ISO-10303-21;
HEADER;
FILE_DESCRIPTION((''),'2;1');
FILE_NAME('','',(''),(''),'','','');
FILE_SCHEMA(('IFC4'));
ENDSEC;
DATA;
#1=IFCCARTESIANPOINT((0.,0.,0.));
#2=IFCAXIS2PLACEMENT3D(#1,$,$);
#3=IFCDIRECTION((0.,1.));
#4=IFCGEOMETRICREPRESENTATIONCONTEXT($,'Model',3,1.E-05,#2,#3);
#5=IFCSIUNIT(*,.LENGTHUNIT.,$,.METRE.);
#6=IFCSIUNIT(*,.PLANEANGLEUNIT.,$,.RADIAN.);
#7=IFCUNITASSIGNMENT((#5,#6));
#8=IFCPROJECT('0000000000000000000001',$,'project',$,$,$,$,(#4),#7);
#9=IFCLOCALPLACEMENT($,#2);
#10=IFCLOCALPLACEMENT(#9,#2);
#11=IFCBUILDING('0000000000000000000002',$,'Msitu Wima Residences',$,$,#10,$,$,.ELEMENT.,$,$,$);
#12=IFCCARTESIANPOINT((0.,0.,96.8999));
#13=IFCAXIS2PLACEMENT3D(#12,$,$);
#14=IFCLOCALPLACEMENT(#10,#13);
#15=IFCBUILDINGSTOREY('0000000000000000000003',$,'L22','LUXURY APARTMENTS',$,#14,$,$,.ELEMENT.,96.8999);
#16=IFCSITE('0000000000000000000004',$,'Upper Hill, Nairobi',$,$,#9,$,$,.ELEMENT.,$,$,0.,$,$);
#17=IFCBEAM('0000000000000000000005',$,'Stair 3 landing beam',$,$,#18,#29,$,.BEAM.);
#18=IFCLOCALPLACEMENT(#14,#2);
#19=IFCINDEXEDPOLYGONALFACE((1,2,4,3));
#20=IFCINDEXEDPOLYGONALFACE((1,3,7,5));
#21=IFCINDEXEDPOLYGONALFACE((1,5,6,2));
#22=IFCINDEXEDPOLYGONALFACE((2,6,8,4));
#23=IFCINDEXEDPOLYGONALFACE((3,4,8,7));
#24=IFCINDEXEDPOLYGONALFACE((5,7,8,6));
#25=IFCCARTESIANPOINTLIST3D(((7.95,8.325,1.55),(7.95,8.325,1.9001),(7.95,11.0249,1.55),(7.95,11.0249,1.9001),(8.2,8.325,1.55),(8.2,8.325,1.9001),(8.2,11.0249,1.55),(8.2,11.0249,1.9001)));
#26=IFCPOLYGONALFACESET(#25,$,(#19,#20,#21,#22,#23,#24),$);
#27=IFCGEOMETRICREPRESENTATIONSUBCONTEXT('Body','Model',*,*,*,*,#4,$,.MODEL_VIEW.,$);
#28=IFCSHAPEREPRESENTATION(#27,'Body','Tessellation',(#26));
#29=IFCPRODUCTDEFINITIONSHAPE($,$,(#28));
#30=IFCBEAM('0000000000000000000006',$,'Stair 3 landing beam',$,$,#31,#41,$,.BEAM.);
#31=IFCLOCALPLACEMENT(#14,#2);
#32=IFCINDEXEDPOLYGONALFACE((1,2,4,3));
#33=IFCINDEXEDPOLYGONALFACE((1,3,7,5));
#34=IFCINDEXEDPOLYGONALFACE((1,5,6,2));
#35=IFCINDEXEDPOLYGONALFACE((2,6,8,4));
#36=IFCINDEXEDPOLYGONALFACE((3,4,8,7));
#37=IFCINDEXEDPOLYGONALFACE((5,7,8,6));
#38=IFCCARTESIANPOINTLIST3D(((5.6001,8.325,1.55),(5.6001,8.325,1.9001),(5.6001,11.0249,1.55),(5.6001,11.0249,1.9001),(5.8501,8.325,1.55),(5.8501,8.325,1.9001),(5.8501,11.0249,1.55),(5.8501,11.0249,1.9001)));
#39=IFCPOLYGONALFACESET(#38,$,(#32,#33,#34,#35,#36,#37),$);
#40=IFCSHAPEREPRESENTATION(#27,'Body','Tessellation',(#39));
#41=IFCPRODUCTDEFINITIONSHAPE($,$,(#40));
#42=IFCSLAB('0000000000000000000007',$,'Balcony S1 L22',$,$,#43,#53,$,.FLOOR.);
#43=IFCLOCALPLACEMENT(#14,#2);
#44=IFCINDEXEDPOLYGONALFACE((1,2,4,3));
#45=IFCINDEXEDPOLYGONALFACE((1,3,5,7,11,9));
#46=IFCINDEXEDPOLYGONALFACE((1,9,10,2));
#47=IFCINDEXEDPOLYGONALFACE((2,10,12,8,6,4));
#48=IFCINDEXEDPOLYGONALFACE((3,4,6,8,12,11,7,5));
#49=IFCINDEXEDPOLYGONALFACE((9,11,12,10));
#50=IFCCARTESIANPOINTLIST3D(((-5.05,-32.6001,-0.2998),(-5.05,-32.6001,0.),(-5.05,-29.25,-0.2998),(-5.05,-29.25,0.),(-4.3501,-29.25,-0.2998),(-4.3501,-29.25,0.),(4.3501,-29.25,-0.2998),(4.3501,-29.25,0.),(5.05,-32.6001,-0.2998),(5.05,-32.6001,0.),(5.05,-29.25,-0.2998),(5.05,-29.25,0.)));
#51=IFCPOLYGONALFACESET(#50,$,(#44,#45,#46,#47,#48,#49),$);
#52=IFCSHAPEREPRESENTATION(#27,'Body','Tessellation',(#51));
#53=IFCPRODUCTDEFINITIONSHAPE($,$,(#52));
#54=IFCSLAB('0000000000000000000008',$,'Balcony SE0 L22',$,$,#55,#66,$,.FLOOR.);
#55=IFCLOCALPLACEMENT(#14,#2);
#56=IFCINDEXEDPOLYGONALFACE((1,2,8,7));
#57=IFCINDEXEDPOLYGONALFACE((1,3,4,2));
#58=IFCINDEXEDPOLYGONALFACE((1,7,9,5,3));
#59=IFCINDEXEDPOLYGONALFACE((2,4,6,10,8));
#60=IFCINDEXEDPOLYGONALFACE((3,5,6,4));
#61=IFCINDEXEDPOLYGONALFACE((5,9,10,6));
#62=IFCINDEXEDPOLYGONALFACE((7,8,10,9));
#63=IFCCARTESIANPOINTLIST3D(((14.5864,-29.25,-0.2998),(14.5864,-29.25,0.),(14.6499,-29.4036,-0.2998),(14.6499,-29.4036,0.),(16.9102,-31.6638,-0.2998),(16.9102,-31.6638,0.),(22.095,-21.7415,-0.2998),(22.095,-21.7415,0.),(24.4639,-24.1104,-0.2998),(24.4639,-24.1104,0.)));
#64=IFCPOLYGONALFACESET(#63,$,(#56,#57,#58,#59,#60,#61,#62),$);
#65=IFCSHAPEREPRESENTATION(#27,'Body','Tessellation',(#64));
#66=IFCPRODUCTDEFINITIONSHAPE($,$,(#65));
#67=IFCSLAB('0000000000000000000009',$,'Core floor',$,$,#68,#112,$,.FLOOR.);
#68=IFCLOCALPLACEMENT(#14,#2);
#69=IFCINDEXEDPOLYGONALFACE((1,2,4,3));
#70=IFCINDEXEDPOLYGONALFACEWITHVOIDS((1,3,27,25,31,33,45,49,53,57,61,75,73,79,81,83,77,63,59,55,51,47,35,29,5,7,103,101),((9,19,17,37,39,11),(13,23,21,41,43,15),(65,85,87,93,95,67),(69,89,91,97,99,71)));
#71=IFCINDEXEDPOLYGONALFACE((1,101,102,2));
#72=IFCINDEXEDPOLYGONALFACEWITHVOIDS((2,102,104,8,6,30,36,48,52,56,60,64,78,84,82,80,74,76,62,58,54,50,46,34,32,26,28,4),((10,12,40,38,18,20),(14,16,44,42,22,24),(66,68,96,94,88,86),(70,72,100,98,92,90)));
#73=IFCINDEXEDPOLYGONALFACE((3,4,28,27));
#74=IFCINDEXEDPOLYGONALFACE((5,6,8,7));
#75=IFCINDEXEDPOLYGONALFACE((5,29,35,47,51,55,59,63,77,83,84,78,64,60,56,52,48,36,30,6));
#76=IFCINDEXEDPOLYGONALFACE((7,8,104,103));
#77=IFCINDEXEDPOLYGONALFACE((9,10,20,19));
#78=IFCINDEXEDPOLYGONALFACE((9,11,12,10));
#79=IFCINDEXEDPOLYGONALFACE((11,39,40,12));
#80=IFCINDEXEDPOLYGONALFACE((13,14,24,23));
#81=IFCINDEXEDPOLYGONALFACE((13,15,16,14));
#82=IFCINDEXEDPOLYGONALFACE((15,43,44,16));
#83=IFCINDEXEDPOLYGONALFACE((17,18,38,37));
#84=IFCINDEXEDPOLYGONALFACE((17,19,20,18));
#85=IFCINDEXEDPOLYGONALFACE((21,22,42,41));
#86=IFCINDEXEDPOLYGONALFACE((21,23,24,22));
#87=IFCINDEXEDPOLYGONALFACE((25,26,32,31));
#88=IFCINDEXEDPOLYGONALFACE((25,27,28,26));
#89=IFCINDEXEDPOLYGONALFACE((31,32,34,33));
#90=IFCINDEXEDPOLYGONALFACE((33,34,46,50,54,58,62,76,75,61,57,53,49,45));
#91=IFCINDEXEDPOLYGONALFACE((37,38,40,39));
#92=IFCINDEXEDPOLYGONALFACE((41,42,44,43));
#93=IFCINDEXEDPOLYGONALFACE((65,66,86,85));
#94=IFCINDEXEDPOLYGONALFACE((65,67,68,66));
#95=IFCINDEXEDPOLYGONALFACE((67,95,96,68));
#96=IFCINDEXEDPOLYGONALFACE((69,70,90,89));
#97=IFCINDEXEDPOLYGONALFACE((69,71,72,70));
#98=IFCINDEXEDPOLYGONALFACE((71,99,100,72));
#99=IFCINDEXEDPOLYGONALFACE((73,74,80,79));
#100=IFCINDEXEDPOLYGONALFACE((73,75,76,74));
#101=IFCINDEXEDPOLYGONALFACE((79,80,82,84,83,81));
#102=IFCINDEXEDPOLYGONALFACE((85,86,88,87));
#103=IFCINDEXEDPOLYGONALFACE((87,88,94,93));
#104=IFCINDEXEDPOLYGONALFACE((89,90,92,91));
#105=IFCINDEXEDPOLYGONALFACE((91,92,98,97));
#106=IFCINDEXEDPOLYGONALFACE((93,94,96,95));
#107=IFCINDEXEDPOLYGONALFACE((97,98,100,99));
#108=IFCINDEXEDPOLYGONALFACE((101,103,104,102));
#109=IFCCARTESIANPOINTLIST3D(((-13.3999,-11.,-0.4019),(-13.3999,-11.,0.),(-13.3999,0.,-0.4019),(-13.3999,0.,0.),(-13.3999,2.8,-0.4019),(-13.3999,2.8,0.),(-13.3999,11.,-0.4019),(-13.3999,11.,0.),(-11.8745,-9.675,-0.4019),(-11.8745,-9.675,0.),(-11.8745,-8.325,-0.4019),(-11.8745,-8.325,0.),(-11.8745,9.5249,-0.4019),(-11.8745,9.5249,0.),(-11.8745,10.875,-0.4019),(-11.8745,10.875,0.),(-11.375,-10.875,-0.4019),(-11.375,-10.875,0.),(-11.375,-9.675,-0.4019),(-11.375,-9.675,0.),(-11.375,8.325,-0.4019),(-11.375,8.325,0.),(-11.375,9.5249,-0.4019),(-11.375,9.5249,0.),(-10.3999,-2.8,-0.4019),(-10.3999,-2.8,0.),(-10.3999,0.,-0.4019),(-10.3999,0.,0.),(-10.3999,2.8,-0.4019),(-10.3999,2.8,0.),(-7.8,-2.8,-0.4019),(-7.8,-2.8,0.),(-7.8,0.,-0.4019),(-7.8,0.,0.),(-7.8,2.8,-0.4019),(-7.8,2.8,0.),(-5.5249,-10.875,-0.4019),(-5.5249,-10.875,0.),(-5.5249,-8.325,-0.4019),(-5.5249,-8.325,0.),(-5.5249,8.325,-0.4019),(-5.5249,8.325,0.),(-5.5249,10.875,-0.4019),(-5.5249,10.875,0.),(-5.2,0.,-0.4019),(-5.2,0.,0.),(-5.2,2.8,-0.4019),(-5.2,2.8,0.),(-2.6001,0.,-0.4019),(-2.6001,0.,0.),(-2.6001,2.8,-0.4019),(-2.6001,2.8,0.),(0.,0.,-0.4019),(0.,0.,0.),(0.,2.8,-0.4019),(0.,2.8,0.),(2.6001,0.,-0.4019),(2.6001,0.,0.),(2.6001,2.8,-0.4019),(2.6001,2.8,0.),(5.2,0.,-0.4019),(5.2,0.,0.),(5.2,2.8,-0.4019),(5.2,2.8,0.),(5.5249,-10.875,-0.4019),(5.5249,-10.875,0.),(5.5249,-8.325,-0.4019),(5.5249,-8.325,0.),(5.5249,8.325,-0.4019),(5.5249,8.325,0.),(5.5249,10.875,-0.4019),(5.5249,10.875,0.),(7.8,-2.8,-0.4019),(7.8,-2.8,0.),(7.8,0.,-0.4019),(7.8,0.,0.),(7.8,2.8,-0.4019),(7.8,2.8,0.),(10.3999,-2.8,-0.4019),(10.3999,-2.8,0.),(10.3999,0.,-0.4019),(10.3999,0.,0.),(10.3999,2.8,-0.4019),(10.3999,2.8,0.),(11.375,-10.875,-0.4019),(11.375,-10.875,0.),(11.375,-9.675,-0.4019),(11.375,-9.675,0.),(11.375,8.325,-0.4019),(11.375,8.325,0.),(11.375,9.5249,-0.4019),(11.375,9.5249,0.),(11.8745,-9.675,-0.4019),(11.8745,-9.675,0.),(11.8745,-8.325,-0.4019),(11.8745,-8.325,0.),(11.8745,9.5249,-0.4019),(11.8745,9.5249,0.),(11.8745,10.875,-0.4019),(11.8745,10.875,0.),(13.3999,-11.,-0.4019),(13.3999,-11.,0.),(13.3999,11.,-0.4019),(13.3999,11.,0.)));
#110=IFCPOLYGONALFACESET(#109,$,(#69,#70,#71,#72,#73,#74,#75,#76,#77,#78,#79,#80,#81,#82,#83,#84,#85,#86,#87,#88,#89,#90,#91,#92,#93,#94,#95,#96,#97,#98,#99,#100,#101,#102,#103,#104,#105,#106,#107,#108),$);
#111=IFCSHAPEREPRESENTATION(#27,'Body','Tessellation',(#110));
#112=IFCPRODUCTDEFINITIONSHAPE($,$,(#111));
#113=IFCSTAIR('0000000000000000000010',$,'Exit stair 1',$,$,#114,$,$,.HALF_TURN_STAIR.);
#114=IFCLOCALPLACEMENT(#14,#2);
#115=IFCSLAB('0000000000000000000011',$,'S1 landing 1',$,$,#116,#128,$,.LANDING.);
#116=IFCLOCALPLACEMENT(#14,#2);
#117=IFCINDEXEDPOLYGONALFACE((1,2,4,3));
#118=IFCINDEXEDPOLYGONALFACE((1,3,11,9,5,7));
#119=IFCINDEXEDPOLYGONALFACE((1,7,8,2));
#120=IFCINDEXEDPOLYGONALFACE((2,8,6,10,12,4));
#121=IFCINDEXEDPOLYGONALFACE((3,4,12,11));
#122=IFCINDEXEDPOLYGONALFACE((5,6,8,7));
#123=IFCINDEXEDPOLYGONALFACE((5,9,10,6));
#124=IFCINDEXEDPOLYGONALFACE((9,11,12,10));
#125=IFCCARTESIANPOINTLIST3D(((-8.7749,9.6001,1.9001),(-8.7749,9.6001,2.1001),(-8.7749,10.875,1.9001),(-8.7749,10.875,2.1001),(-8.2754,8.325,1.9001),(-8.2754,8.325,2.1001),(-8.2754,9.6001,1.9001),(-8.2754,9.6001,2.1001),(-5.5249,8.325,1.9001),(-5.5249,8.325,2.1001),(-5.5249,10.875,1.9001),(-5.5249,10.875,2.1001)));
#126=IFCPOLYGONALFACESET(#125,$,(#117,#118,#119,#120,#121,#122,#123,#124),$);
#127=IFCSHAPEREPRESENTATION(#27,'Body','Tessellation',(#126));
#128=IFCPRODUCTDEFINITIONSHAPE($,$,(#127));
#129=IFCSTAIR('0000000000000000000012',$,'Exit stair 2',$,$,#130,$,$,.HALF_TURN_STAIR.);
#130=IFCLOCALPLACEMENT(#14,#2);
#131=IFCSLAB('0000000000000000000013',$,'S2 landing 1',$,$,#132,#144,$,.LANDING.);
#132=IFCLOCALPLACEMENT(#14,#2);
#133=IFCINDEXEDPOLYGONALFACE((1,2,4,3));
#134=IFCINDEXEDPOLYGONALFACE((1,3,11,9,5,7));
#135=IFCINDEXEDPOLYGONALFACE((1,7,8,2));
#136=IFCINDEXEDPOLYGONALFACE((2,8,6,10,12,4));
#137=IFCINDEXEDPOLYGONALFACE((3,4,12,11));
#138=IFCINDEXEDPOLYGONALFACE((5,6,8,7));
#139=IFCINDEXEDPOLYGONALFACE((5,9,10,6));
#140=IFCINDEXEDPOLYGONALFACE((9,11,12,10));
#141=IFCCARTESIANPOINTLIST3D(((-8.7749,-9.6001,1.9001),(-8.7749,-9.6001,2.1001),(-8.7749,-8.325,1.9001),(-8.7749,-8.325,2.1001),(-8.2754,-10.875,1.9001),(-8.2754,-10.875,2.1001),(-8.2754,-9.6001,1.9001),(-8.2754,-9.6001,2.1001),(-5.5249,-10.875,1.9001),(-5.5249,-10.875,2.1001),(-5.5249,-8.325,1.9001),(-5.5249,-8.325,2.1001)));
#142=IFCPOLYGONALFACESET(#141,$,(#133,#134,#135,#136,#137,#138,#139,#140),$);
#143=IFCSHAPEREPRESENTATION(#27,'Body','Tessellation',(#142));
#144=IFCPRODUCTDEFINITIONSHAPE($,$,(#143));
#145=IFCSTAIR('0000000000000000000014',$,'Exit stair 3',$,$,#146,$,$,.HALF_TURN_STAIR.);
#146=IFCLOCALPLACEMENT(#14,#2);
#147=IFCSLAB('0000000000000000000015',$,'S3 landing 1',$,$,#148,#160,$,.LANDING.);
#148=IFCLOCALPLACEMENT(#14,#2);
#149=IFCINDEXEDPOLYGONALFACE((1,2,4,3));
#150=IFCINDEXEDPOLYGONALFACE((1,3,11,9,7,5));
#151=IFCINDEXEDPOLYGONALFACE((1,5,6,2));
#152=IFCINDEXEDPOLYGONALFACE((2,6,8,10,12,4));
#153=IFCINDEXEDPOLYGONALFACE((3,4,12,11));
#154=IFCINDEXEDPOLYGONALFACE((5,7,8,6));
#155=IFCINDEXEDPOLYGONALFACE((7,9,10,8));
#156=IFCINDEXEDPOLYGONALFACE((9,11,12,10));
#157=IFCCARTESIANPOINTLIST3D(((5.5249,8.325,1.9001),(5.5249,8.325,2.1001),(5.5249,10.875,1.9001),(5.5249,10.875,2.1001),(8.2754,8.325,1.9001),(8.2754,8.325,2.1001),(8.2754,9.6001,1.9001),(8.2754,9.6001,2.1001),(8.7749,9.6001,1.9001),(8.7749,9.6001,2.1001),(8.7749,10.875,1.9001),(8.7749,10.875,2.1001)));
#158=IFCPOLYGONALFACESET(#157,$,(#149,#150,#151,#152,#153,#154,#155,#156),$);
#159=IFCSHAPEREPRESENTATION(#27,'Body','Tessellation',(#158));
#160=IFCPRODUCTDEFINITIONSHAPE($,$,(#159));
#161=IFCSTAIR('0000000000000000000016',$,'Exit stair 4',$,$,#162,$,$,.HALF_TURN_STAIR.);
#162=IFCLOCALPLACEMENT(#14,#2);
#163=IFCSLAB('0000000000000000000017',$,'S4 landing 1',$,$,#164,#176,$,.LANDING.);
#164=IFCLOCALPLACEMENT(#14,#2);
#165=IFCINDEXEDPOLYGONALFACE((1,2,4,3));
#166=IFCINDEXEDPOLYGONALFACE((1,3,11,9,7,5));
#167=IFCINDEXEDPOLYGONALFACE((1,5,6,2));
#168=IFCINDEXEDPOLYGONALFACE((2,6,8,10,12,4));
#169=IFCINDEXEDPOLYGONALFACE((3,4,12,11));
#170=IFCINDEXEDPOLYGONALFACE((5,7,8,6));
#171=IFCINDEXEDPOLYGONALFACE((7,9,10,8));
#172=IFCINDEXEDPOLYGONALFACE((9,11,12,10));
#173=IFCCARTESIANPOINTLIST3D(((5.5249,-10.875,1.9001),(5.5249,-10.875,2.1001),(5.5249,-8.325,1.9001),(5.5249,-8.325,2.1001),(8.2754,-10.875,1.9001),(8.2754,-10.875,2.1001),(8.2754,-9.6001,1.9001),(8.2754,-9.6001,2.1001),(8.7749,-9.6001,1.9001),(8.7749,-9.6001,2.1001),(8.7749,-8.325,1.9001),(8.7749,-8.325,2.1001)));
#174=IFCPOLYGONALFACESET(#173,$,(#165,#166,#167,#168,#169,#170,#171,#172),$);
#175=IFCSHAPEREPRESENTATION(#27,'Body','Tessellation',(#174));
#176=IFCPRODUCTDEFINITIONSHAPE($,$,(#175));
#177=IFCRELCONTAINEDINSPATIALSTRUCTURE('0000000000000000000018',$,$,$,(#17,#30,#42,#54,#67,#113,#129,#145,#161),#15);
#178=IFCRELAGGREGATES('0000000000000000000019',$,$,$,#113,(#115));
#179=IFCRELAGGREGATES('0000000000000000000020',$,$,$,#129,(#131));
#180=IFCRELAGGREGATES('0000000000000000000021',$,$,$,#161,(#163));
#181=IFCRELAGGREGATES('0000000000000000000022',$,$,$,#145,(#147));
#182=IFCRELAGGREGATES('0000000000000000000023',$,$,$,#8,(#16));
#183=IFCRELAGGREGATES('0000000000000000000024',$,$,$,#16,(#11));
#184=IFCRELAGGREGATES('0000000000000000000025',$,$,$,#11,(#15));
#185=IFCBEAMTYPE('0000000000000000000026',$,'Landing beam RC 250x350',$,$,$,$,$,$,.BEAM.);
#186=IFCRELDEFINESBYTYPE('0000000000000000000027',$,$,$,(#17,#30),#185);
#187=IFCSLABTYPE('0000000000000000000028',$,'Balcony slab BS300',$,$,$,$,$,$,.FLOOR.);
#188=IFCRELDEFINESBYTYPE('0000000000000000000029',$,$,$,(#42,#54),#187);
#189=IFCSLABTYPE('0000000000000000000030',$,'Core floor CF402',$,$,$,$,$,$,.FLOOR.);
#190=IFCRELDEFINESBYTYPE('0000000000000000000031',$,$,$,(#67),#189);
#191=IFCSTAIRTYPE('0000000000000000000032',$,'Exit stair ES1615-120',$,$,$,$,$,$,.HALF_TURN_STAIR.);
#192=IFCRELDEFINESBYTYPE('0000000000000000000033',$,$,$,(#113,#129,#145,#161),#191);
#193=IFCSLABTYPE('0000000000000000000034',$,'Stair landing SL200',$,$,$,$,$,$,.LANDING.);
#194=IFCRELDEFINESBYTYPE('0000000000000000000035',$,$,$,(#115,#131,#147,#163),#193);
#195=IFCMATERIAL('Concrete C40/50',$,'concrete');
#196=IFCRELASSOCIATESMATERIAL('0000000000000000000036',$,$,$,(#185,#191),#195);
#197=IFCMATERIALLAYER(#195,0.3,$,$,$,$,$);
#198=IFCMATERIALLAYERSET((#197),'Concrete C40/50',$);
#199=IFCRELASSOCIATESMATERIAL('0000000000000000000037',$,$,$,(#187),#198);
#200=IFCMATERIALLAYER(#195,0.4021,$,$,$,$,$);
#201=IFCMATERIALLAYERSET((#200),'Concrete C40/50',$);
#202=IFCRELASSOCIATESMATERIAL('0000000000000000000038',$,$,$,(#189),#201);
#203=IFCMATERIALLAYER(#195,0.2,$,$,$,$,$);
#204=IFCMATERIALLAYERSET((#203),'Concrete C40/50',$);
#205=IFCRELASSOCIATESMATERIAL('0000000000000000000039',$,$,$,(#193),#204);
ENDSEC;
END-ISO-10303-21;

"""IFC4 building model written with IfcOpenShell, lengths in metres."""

from ifc_helpers import new_model, si_unit, direction, frame, origin, origin_2d, place, context, subcontext, project, spatial, polyline, rectangle, outline, extrude, material, layer, layer_set, material_profile, profile_set, type_object, element, aggregate, save


model = new_model("IFC4")

# Units and contexts
model_context = context("Model", 3, precision=1e-05, world=origin(), true_north=direction((0.0, 1.0)))
body_context = subcontext(model_context, "Body", "Model", "MODEL_VIEW")
ifc_project = project(units=[si_unit("LENGTHUNIT", "METRE"), si_unit("PLANEANGLEUNIT", "RADIAN")], contexts=[model_context])

# Site, building, storey
site_placement = place(None, origin())
site = spatial("IfcSite", under=ifc_project, at=site_placement, Name="Upper Hill, Nairobi", CompositionType="ELEMENT", RefElevation=0.0)
building_placement = place(site_placement, origin())
building = spatial("IfcBuilding", under=site, at=building_placement, Name="Msitu Wima Residences", CompositionType="ELEMENT")
storey_placement = place(building_placement, frame((0.0, 0.0, 96.8999)))
storey = spatial("IfcBuildingStorey", under=building, at=storey_placement, Name="L22", Description="LUXURY APARTMENTS", CompositionType="ELEMENT", Elevation=96.8999)

# Beams
ifc_material_1 = material(Name="Concrete C40/50", Category="concrete")
ifc_material_profile = material_profile(ifc_material_1, rectangle(XDim=0.25, YDim=0.3501, at=origin_2d()), Name="RC 250x350")
ifc_profile_set = profile_set([ifc_material_profile], Name="Concrete C40/50")
beam_type = type_object("IfcBeamType", Name="Landing beam RC 250x350", PredefinedType="BEAM", material=ifc_profile_set)
for number, where, z_axis, x_axis, name in (
    (1, (8.075, 8.325, 1.7251), (0.0, 1.0, 0.0), (-1.0, 0.0, 0.0), "Stair 3 landing beam"),
    (2, (5.7251, 8.325, 1.7251), (0.0, 1.0, 0.0), (-1.0, 0.0, 0.0), "Stair 3 landing beam"),
):
    element("IfcBeam", number, at=place(storey_placement, frame(where, z_axis=z_axis, x_axis=x_axis)), inside=storey, type_object=beam_type, Name=name, PredefinedType="BEAM", context=body_context, shape_type="SweptSolid", body=[
        extrude(rectangle(XDim=0.25, YDim=0.3501, at=origin_2d()), origin(), (0.0, 0.0, 1.0), 2.7),
    ])

# Slabs
ifc_layer_1 = layer(ifc_material_1, 0.3)
ifc_layer_set_1 = layer_set([ifc_layer_1], Name="Concrete C40/50")
slab_type_1 = type_object("IfcSlabType", Name="Balcony slab BS300", PredefinedType="FLOOR", material=ifc_layer_set_1)
slab_1_placement = place(storey_placement, frame((0.0, 0.0, -0.2998)))
element("IfcSlab", 3, at=slab_1_placement, inside=storey, type_object=slab_type_1, Name="Balcony S1 L22", PredefinedType="FLOOR", context=body_context, shape_type="SweptSolid", body=[
    extrude(outline(polyline([(-4.3501, -29.25), (4.3501, -29.25), (5.05, -29.25), (5.05, -32.6001), (-5.05, -32.6001), (-5.05, -29.25), (-4.3501, -29.25)])), origin(), (0.0, 0.0, 1.0), 0.2998),
])
slab_2_placement = place(storey_placement, frame((0.0, 0.0, -0.2998)))
element("IfcSlab", 4, at=slab_2_placement, inside=storey, type_object=slab_type_1, Name="Balcony SE0 L22", PredefinedType="FLOOR", context=body_context, shape_type="SweptSolid", body=[
    extrude(outline(polyline([(24.4639, -24.1104), (16.9102, -31.6638), (14.6499, -29.4036), (14.5864, -29.25), (22.095, -21.7415), (24.4639, -24.1104)])), origin(), (0.0, 0.0, 1.0), 0.2998),
])
ifc_layer_2 = layer(ifc_material_1, 0.4021)
ifc_layer_set_2 = layer_set([ifc_layer_2], Name="Concrete C40/50")
slab_type_2 = type_object("IfcSlabType", Name="Core floor CF402", PredefinedType="FLOOR", material=ifc_layer_set_2)
slab_3_placement = place(storey_placement, frame((0.0, 0.0, -0.4019)))
element("IfcSlab", 5, at=slab_3_placement, inside=storey, type_object=slab_type_2, Name="Core floor", PredefinedType="FLOOR", context=body_context, shape_type="SweptSolid", body=[
    extrude(outline(polyline([(-13.3999, 11.0), (-13.3999, 2.8), (-10.3999, 2.8), (-7.8, 2.8), (-5.2, 2.8), (-2.6001, 2.8), (0.0, 2.8), (2.6001, 2.8), (5.2, 2.8), (7.8, 2.8), (10.3999, 2.8), (10.3999, 0.0), (10.3999, -2.8), (7.8, -2.8), (7.8, 0.0), (5.2, 0.0), (2.6001, 0.0), (0.0, 0.0), (-2.6001, 0.0), (-5.2, 0.0), (-7.8, 0.0), (-7.8, -2.8), (-10.3999, -2.8), (-10.3999, 0.0), (-13.3999, 0.0), (-13.3999, -11.0), (13.3999, -11.0), (13.3999, 11.0), (-13.3999, 11.0)]), holes=[polyline([(-11.375, -10.875), (-11.375, -9.675), (-11.8745, -9.675), (-11.8745, -8.325), (-5.5249, -8.325), (-5.5249, -10.875), (-11.375, -10.875)]), polyline([(-11.375, 9.5249), (-11.8745, 9.5249), (-11.8745, 10.875), (-5.5249, 10.875), (-5.5249, 8.325), (-11.375, 8.325), (-11.375, 9.5249)]), polyline([(11.375, -9.675), (11.375, -10.875), (5.5249, -10.875), (5.5249, -8.325), (11.8745, -8.325), (11.8745, -9.675), (11.375, -9.675)]), polyline([(11.375, 9.5249), (11.375, 8.325), (5.5249, 8.325), (5.5249, 10.875), (11.8745, 10.875), (11.8745, 9.5249), (11.375, 9.5249)])]), origin(), (0.0, 0.0, 1.0), 0.4019),
])

# Stairs, slabs
stair_type = type_object("IfcStairType", Name="Exit stair ES1615-120", PredefinedType="HALF_TURN_STAIR", material=ifc_material_1)
stair_1_placement = place(storey_placement, origin())
stair_1 = element("IfcStair", 6, at=stair_1_placement, inside=storey, type_object=stair_type, Name="Exit stair 1", PredefinedType="HALF_TURN_STAIR")
ifc_layer_3 = layer(ifc_material_1, 0.2)
ifc_layer_set_3 = layer_set([ifc_layer_3], Name="Concrete C40/50")
slab_type_3 = type_object("IfcSlabType", Name="Stair landing SL200", PredefinedType="LANDING", material=ifc_layer_set_3)
slab_4_placement = place(storey_placement, frame((0.0, 0.0, 1.9001)))
slab_4 = element("IfcSlab", 7, at=slab_4_placement, type_object=slab_type_3, Name="S1 landing 1", PredefinedType="LANDING", context=body_context, shape_type="SweptSolid", body=[
    extrude(outline(polyline([(-5.5249, 8.325), (-8.2754, 8.325), (-8.2754, 9.6001), (-8.7749, 9.6001), (-8.7749, 10.875), (-5.5249, 10.875), (-5.5249, 8.325)])), origin(), (0.0, 0.0, 1.0), 0.2),
])
aggregate(stair_1, [slab_4])
stair_2_placement = place(storey_placement, origin())
stair_2 = element("IfcStair", 8, at=stair_2_placement, inside=storey, type_object=stair_type, Name="Exit stair 2", PredefinedType="HALF_TURN_STAIR")
slab_5_placement = place(storey_placement, frame((0.0, 0.0, 1.9001)))
slab_5 = element("IfcSlab", 9, at=slab_5_placement, type_object=slab_type_3, Name="S2 landing 1", PredefinedType="LANDING", context=body_context, shape_type="SweptSolid", body=[
    extrude(outline(polyline([(-5.5249, -10.875), (-8.2754, -10.875), (-8.2754, -9.6001), (-8.7749, -9.6001), (-8.7749, -8.325), (-5.5249, -8.325), (-5.5249, -10.875)])), origin(), (0.0, 0.0, 1.0), 0.2),
])
aggregate(stair_2, [slab_5])
stair_3_placement = place(storey_placement, origin())
stair_3 = element("IfcStair", 10, at=stair_3_placement, inside=storey, type_object=stair_type, Name="Exit stair 3", PredefinedType="HALF_TURN_STAIR")
slab_6_placement = place(storey_placement, frame((0.0, 0.0, 1.9001)))
slab_6 = element("IfcSlab", 11, at=slab_6_placement, type_object=slab_type_3, Name="S3 landing 1", PredefinedType="LANDING", context=body_context, shape_type="SweptSolid", body=[
    extrude(outline(polyline([(5.5249, 8.325), (8.2754, 8.325), (8.2754, 9.6001), (8.7749, 9.6001), (8.7749, 10.875), (5.5249, 10.875), (5.5249, 8.325)])), origin(), (0.0, 0.0, 1.0), 0.2),
])
stair_4_placement = place(storey_placement, origin())
stair_4 = element("IfcStair", 12, at=stair_4_placement, inside=storey, type_object=stair_type, Name="Exit stair 4", PredefinedType="HALF_TURN_STAIR")
slab_7_placement = place(storey_placement, frame((0.0, 0.0, 1.9001)))
slab_7 = element("IfcSlab", 13, at=slab_7_placement, type_object=slab_type_3, Name="S4 landing 1", PredefinedType="LANDING", context=body_context, shape_type="SweptSolid", body=[
    extrude(outline(polyline([(5.5249, -10.875), (8.2754, -10.875), (8.2754, -9.6001), (8.7749, -9.6001), (8.7749, -8.325), (5.5249, -8.325), (5.5249, -10.875)])), origin(), (0.0, 0.0, 1.0), 0.2),
])
aggregate(stair_4, [slab_7])

aggregate(stair_3, [slab_6])

save(model, "model.ifc")
